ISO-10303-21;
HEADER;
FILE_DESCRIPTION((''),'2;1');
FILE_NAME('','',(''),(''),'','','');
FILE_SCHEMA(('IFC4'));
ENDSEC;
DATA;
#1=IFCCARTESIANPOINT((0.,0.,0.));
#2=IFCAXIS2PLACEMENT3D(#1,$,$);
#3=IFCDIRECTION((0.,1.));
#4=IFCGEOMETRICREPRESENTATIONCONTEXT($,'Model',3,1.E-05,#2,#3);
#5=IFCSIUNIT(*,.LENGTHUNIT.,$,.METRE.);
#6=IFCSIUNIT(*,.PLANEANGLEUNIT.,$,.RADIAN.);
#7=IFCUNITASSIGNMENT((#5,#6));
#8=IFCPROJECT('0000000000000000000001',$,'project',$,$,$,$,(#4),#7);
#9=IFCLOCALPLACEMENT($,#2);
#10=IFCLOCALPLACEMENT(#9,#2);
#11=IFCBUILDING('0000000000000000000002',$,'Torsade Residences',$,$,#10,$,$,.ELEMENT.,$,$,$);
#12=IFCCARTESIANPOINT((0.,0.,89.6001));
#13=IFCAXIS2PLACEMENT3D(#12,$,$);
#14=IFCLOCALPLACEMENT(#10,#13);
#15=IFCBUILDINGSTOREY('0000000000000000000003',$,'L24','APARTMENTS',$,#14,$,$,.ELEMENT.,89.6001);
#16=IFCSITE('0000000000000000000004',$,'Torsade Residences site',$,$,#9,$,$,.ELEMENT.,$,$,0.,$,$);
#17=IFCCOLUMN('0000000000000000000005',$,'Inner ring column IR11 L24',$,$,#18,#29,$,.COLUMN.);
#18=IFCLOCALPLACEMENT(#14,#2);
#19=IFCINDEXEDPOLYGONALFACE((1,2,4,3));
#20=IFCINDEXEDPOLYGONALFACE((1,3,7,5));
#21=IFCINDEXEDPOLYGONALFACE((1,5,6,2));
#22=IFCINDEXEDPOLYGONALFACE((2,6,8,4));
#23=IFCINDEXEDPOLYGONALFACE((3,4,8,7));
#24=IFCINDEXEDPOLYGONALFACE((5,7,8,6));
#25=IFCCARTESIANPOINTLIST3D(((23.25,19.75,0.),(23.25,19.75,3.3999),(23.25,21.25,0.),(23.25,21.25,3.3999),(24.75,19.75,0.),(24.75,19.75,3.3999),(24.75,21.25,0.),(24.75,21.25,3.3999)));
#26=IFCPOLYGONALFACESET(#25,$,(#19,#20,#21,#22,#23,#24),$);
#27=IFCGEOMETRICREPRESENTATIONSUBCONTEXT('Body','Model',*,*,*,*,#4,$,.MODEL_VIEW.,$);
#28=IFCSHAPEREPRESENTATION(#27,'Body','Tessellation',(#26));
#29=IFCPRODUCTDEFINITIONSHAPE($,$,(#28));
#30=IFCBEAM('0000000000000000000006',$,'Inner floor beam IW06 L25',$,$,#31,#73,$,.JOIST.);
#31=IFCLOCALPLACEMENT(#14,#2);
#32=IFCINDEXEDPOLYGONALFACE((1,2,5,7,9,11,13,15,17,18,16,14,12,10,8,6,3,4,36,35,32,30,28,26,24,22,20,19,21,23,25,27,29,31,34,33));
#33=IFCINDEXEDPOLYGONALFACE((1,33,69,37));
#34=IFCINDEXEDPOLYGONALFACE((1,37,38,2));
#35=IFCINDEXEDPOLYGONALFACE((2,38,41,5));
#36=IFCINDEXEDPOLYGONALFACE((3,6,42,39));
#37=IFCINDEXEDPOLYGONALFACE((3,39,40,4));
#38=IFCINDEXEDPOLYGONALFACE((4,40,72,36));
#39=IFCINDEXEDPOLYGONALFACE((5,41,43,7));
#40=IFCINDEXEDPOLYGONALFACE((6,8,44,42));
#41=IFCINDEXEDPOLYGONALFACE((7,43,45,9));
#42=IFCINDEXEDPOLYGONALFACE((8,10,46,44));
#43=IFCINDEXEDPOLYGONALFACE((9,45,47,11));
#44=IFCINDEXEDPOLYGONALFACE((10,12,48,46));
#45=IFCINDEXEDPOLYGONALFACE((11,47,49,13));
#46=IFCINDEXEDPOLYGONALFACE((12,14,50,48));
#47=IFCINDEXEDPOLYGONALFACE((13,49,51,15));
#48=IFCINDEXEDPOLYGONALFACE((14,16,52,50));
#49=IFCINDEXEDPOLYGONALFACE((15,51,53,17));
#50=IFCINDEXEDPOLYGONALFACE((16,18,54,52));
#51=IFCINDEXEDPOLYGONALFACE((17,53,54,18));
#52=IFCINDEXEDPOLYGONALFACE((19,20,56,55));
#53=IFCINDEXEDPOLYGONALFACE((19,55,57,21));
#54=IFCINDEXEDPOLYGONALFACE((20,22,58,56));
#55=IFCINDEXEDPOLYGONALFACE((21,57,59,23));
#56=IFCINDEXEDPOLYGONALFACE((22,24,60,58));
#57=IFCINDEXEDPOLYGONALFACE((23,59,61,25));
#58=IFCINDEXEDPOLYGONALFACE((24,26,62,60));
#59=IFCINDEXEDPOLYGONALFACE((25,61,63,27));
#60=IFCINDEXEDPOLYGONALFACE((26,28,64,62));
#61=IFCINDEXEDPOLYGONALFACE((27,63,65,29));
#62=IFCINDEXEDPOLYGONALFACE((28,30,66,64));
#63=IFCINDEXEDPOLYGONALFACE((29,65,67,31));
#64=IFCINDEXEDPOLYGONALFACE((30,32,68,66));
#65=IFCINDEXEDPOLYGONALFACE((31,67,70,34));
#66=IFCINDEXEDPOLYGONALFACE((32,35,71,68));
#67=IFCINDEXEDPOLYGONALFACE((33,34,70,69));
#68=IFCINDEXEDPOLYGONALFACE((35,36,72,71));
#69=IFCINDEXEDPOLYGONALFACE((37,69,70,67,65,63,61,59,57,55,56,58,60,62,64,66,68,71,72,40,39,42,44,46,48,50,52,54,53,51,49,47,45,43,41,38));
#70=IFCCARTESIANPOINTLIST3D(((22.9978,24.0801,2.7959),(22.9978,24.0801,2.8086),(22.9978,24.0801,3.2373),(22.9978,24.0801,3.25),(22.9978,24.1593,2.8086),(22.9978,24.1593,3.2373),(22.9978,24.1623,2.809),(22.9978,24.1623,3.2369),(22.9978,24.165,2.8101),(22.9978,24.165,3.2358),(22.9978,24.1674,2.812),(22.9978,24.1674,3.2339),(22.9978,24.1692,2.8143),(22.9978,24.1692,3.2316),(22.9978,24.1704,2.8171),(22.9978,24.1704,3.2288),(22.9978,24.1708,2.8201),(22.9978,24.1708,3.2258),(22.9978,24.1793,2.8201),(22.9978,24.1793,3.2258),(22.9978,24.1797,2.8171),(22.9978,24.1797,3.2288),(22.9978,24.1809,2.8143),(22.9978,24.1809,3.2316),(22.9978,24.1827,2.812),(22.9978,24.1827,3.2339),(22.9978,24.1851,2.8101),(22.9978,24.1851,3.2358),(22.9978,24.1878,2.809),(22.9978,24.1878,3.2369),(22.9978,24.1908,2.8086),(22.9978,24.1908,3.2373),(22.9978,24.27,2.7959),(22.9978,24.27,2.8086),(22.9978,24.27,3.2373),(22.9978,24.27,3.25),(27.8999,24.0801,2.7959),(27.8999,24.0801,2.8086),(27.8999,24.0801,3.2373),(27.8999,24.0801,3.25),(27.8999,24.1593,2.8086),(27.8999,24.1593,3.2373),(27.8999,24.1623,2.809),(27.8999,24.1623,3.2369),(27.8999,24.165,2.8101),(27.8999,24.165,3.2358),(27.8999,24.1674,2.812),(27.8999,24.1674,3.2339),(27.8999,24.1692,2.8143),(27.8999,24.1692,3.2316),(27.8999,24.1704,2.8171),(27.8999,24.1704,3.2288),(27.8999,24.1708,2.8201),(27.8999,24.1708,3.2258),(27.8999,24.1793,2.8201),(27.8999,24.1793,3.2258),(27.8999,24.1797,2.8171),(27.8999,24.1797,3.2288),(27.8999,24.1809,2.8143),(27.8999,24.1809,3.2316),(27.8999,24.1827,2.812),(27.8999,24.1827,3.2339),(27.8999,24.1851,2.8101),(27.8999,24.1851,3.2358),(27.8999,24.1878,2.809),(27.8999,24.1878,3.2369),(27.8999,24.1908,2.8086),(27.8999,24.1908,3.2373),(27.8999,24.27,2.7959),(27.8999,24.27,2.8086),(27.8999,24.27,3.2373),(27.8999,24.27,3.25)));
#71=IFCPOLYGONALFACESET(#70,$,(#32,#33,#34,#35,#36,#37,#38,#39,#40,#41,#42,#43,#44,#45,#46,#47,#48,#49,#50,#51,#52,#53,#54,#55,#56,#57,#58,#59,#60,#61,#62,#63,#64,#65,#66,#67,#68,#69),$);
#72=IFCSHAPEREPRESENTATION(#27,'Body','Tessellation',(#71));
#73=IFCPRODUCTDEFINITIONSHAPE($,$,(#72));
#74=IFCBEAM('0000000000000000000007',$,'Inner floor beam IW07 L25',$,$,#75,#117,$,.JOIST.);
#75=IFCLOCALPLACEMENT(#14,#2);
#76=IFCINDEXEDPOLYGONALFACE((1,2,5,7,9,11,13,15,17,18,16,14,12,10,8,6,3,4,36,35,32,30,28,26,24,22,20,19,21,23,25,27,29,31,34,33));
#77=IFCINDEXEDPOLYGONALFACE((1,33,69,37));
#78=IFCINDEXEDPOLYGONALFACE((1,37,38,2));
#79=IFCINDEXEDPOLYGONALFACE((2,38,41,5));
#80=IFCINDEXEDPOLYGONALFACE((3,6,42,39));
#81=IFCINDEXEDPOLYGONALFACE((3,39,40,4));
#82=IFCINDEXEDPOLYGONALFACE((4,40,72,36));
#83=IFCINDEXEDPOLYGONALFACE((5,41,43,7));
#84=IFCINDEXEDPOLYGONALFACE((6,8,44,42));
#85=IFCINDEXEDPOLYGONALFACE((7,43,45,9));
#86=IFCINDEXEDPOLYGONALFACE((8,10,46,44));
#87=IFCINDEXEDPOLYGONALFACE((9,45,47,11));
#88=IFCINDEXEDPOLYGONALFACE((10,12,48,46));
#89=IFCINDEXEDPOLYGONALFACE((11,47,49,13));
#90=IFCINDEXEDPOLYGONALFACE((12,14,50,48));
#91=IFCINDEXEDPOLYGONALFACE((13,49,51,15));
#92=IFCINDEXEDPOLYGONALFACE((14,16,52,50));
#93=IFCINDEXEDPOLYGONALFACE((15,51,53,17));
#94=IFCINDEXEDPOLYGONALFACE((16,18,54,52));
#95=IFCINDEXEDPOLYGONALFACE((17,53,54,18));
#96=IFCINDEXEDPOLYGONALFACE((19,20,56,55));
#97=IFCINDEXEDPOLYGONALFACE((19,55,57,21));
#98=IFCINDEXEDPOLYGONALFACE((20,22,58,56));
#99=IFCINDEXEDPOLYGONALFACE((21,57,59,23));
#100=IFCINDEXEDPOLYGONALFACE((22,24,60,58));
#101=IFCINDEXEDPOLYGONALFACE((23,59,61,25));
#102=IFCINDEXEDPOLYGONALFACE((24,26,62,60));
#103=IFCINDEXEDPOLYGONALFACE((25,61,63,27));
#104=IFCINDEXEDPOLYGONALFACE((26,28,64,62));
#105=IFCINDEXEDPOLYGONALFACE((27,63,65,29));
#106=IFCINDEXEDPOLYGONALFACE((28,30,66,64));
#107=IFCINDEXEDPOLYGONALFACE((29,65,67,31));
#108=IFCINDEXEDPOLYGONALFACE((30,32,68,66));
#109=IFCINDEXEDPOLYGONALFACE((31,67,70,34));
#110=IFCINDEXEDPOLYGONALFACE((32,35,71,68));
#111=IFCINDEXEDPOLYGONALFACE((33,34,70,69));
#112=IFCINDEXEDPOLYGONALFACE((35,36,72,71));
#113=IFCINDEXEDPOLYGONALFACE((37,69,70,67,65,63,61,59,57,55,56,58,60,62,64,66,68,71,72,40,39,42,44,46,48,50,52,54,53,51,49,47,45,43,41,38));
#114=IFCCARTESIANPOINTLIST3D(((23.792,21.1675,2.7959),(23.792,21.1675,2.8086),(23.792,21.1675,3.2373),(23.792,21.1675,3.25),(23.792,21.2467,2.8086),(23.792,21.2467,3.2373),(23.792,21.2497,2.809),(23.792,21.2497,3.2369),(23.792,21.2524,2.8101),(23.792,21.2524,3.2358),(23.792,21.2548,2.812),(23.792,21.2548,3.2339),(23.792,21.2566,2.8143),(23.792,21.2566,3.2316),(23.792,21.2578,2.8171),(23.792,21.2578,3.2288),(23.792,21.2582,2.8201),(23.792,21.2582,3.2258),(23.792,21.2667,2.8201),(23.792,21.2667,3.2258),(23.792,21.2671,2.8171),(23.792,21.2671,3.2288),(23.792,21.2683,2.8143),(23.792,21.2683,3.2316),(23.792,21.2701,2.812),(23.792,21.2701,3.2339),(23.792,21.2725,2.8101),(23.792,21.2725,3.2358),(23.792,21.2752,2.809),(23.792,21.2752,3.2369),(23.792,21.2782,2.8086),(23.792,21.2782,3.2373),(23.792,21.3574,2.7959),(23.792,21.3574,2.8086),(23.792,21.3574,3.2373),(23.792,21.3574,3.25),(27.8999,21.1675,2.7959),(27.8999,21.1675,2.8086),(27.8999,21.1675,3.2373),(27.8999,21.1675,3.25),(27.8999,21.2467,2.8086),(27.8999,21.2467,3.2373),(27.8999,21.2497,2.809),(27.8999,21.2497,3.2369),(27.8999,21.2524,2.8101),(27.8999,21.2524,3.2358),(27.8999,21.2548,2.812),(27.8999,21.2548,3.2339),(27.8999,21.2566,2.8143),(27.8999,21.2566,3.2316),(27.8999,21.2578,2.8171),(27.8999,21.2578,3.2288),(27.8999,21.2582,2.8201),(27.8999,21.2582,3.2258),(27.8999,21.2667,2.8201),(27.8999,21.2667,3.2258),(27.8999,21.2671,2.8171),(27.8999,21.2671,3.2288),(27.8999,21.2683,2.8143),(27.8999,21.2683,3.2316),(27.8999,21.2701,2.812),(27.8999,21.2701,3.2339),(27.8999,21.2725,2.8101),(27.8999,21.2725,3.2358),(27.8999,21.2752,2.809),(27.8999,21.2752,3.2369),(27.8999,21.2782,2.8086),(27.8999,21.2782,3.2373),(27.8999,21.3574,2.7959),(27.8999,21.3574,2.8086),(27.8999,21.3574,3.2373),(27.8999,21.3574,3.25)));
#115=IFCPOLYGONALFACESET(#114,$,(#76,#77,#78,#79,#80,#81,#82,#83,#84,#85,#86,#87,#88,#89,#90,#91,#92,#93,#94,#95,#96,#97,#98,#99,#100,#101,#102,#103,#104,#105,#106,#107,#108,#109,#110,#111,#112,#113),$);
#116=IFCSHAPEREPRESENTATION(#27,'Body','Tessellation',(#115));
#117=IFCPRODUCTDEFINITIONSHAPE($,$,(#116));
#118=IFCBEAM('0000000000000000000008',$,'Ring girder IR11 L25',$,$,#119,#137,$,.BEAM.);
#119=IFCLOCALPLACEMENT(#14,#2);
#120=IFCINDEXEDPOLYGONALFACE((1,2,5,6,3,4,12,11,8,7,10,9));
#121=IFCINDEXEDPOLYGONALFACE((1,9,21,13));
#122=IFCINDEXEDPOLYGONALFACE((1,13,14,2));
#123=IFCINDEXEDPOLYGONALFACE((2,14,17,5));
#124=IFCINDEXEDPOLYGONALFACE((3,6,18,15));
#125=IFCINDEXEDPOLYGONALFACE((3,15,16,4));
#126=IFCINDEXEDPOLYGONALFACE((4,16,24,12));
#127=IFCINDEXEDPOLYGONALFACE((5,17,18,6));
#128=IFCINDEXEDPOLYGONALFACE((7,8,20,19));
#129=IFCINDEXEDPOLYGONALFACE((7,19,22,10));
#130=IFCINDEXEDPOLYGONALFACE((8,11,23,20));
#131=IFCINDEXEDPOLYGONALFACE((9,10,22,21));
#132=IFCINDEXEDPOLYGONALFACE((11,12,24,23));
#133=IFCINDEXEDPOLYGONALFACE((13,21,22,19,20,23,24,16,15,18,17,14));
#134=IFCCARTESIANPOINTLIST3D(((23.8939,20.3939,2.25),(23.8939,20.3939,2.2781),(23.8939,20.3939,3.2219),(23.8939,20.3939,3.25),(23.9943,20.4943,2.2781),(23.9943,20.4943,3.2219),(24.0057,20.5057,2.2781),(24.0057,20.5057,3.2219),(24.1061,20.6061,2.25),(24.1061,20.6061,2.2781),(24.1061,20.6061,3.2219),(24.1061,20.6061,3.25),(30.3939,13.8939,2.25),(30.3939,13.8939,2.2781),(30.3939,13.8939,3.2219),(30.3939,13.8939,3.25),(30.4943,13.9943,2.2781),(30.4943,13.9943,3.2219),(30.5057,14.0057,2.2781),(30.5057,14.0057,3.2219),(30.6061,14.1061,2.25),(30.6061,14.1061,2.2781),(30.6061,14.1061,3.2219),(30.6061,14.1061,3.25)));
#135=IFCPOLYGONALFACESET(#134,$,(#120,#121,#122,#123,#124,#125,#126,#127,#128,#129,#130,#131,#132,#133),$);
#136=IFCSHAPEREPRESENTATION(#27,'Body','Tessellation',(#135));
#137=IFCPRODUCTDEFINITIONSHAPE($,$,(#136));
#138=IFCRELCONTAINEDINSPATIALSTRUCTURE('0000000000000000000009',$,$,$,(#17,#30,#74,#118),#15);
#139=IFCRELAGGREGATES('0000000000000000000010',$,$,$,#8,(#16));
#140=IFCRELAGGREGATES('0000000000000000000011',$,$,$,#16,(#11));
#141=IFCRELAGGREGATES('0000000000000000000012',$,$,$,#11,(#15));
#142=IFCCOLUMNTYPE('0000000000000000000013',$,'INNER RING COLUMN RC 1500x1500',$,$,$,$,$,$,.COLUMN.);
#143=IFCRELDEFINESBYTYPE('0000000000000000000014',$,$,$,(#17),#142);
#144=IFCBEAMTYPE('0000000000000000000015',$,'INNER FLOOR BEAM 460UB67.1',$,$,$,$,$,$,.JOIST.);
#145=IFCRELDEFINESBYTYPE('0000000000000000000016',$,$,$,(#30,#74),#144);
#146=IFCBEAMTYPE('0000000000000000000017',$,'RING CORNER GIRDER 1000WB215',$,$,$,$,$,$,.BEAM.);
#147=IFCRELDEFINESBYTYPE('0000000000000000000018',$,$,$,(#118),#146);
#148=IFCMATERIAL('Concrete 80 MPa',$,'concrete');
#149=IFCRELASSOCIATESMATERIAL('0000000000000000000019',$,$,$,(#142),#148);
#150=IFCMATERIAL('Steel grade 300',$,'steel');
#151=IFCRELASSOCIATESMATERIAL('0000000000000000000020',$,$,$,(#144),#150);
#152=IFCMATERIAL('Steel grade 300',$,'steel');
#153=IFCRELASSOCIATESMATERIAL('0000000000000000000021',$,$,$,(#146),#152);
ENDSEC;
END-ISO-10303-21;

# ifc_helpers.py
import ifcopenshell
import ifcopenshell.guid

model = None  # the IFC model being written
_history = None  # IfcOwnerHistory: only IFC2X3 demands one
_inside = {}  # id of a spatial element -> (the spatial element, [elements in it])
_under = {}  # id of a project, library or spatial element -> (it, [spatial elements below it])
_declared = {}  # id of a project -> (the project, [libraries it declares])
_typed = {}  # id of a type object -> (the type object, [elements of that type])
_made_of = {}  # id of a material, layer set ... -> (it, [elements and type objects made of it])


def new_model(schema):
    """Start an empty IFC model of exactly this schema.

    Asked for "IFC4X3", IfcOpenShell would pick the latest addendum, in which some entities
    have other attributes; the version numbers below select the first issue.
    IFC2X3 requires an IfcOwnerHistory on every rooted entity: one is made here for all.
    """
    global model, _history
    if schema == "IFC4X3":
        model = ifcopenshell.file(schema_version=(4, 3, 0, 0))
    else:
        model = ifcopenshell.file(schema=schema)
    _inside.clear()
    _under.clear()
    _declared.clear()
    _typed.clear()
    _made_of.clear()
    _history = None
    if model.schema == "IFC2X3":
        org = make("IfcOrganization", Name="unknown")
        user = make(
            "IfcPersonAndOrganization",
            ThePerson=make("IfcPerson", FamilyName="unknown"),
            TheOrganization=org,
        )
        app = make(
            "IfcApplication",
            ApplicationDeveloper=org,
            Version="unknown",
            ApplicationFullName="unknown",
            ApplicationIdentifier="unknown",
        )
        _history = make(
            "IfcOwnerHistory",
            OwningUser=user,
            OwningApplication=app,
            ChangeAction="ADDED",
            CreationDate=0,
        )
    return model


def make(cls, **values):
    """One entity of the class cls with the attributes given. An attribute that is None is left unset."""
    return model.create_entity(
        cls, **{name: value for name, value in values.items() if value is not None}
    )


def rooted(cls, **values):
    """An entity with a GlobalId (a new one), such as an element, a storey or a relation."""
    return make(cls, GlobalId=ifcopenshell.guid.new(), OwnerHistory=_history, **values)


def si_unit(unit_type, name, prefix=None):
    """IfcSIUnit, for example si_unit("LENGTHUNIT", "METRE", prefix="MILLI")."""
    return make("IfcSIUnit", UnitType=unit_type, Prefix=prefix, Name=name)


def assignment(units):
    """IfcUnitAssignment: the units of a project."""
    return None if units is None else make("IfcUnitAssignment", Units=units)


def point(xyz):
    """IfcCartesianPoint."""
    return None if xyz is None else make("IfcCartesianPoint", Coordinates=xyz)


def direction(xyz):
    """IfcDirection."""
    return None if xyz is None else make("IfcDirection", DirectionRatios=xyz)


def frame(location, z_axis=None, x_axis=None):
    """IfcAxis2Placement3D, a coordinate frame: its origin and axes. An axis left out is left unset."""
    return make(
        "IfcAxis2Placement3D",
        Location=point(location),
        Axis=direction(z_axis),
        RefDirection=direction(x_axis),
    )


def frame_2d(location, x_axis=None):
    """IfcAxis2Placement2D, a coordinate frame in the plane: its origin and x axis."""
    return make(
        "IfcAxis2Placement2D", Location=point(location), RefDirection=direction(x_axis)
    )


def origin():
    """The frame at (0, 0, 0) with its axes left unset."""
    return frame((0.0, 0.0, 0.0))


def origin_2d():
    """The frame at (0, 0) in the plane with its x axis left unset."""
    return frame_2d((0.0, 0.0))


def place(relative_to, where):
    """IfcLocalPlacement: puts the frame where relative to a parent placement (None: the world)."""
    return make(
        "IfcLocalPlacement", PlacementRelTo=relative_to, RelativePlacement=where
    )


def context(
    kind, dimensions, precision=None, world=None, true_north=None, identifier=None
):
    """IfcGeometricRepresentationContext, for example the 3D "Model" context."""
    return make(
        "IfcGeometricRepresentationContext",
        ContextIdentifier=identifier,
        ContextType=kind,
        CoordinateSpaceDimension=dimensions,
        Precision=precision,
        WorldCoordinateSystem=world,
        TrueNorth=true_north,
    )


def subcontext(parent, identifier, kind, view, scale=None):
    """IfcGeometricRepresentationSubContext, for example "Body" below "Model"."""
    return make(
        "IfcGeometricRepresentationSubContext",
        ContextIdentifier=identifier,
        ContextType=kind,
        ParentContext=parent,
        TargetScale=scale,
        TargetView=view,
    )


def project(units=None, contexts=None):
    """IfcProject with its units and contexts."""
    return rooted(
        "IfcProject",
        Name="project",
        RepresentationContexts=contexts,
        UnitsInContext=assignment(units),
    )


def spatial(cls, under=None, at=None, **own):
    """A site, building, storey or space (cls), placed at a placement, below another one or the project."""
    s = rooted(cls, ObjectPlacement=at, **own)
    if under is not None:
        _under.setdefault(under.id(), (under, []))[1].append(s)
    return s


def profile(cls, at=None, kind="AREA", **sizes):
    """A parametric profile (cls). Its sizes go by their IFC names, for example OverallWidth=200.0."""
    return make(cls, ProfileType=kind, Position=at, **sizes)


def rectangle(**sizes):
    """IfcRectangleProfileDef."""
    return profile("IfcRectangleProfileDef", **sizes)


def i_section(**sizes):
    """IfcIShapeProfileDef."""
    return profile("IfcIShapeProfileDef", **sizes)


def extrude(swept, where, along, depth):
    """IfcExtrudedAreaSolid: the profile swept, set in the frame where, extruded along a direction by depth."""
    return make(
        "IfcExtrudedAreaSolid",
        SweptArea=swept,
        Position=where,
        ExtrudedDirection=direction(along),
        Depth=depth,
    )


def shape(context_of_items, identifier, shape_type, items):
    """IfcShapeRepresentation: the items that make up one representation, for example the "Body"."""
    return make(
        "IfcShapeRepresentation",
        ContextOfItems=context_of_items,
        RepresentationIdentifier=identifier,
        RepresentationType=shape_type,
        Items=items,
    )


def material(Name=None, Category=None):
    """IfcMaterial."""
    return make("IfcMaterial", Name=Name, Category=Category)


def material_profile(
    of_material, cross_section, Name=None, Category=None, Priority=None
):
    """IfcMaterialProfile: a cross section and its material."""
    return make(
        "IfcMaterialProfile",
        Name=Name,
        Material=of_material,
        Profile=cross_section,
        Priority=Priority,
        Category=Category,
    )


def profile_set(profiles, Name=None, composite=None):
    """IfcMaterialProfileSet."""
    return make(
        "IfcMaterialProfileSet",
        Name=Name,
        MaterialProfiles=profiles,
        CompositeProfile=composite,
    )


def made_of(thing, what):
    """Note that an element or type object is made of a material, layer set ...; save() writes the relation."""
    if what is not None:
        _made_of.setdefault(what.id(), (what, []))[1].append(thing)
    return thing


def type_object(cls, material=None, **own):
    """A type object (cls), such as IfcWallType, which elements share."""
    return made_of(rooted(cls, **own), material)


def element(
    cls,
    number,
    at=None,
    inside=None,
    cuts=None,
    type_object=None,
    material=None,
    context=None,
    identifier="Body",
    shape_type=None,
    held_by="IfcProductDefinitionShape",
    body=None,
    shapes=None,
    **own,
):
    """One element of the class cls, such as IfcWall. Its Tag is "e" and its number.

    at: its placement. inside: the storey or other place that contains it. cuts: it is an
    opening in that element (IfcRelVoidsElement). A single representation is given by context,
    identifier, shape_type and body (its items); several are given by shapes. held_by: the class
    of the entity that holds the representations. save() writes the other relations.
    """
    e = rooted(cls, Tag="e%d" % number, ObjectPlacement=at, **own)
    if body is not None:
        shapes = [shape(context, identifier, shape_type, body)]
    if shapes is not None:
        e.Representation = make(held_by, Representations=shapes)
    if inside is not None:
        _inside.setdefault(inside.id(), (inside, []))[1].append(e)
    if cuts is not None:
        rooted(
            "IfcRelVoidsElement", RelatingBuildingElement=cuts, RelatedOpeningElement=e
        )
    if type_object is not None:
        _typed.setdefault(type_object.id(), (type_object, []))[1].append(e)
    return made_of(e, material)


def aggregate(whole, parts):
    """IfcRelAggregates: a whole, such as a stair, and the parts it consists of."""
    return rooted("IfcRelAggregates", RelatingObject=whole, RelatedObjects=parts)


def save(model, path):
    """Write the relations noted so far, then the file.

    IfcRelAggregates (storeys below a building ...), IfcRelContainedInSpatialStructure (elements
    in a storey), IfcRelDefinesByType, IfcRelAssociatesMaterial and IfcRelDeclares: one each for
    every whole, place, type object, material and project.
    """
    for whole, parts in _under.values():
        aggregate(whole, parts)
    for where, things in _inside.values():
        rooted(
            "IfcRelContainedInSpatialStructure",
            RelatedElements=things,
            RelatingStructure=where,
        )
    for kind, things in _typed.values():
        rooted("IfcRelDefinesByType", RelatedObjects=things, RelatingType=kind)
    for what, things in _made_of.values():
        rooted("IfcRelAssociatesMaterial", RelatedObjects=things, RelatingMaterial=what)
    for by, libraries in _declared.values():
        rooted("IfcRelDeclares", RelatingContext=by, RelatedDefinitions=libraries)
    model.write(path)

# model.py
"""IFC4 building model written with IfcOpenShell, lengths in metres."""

from ifc_helpers import new_model, si_unit, direction, frame, origin, origin_2d, place, context, subcontext, project, spatial, rectangle, i_section, extrude, material, material_profile, profile_set, type_object, element, save


model = new_model("IFC4")

# Units and contexts
model_context = context("Model", 3, precision=1e-05, world=origin(), true_north=direction((0.0, 1.0)))
body_context = subcontext(model_context, "Body", "Model", "MODEL_VIEW")
ifc_project = project(units=[si_unit("LENGTHUNIT", "METRE"), si_unit("PLANEANGLEUNIT", "RADIAN")], contexts=[model_context])

# Site, building, storey
site_placement = place(None, origin())
site = spatial("IfcSite", under=ifc_project, at=site_placement, Name="Torsade Residences site", CompositionType="ELEMENT", RefElevation=0.0)
building_placement = place(site_placement, origin())
building = spatial("IfcBuilding", under=site, at=building_placement, Name="Torsade Residences", CompositionType="ELEMENT")
storey_placement = place(building_placement, frame((0.0, 0.0, 89.6001)))
storey = spatial("IfcBuildingStorey", under=building, at=storey_placement, Name="L24", Description="APARTMENTS", CompositionType="ELEMENT", Elevation=89.6001)

# Column
ifc_material_1 = material(Name="Concrete 80 MPa", Category="concrete")
ifc_material_profile_1 = material_profile(ifc_material_1, rectangle(XDim=1.5, YDim=1.5, at=origin_2d()), Name="RC 1500x1500")
ifc_profile_set_1 = profile_set([ifc_material_profile_1], Name="Concrete 80 MPa")
column_type = type_object("IfcColumnType", Name="INNER RING COLUMN RC 1500x1500", PredefinedType="COLUMN", material=ifc_profile_set_1)
column_placement = place(storey_placement, frame((24.0, 20.5, 0.0), z_axis=(0.0, 0.0, 1.0), x_axis=(1.0, 0.0, 0.0)))
element("IfcColumn", 1, at=column_placement, inside=storey, type_object=column_type, Name="Inner ring column IR11 L24", PredefinedType="COLUMN", context=body_context, shape_type="SweptSolid", body=[
    extrude(rectangle(XDim=1.5, YDim=1.5, at=origin_2d()), origin(), (0.0, 0.0, 1.0), 3.3999),
])

# Beams
ifc_material_2 = material(Name="Steel grade 300", Category="steel")
ifc_material_profile_2 = material_profile(ifc_material_2, i_section(OverallWidth=0.1899, OverallDepth=0.4541, WebThickness=0.0085, FlangeThickness=0.0127, FilletRadius=0.0115, at=origin_2d()), Name="460UB67.1")
ifc_profile_set_2 = profile_set([ifc_material_profile_2], Name="Steel grade 300")
beam_type_1 = type_object("IfcBeamType", Name="INNER FLOOR BEAM 460UB67.1", PredefinedType="JOIST", material=ifc_profile_set_2)
beam_1_placement = place(storey_placement, frame((27.8999, 24.175, 3.0229), z_axis=(-1.0, 0.0, 0.0), x_axis=(0.0, -1.0, 0.0)))
element("IfcBeam", 2, at=beam_1_placement, inside=storey, type_object=beam_type_1, Name="Inner floor beam IW06 L25", PredefinedType="JOIST", context=body_context, shape_type="SweptSolid", body=[
    extrude(i_section(OverallWidth=0.1899, OverallDepth=0.4541, WebThickness=0.0085, FlangeThickness=0.0127, FilletRadius=0.0115, at=origin_2d()), origin(), (0.0, 0.0, 1.0), 4.9021),
])
beam_2_placement = place(storey_placement, frame((27.8999, 21.2625, 3.0229), z_axis=(-1.0, 0.0, 0.0), x_axis=(0.0, -1.0, 0.0)))
element("IfcBeam", 3, at=beam_2_placement, inside=storey, type_object=beam_type_1, Name="Inner floor beam IW07 L25", PredefinedType="JOIST", context=body_context, shape_type="SweptSolid", body=[
    extrude(i_section(OverallWidth=0.1899, OverallDepth=0.4541, WebThickness=0.0085, FlangeThickness=0.0127, FilletRadius=0.0115, at=origin_2d()), origin(), (0.0, 0.0, 1.0), 4.1079),
])
ifc_material_3 = material(Name="Steel grade 300", Category="steel")
ifc_material_profile_3 = material_profile(ifc_material_3, i_section(OverallWidth=0.3, OverallDepth=1.0, WebThickness=0.0161, FlangeThickness=0.0281, at=origin_2d()), Name="1000WB215")
ifc_profile_set_3 = profile_set([ifc_material_profile_3], Name="Steel grade 300")
beam_type_2 = type_object("IfcBeamType", Name="RING CORNER GIRDER 1000WB215", PredefinedType="BEAM", material=ifc_profile_set_3)
beam_3_placement = place(storey_placement, frame((24.0, 20.5, 2.75), z_axis=(0.707107, -0.707107, 0.0), x_axis=(0.707107, 0.707107, 0.0)))
element("IfcBeam", 4, at=beam_3_placement, inside=storey, type_object=beam_type_2, Name="Ring girder IR11 L25", PredefinedType="BEAM", context=body_context, shape_type="SweptSolid", body=[
    extrude(i_section(OverallWidth=0.3, OverallDepth=1.0, WebThickness=0.0161, FlangeThickness=0.0281, at=origin_2d()), origin(), (0.0, 0.0, 1.0), 9.1924),
])

save(model, "model.ifc")
